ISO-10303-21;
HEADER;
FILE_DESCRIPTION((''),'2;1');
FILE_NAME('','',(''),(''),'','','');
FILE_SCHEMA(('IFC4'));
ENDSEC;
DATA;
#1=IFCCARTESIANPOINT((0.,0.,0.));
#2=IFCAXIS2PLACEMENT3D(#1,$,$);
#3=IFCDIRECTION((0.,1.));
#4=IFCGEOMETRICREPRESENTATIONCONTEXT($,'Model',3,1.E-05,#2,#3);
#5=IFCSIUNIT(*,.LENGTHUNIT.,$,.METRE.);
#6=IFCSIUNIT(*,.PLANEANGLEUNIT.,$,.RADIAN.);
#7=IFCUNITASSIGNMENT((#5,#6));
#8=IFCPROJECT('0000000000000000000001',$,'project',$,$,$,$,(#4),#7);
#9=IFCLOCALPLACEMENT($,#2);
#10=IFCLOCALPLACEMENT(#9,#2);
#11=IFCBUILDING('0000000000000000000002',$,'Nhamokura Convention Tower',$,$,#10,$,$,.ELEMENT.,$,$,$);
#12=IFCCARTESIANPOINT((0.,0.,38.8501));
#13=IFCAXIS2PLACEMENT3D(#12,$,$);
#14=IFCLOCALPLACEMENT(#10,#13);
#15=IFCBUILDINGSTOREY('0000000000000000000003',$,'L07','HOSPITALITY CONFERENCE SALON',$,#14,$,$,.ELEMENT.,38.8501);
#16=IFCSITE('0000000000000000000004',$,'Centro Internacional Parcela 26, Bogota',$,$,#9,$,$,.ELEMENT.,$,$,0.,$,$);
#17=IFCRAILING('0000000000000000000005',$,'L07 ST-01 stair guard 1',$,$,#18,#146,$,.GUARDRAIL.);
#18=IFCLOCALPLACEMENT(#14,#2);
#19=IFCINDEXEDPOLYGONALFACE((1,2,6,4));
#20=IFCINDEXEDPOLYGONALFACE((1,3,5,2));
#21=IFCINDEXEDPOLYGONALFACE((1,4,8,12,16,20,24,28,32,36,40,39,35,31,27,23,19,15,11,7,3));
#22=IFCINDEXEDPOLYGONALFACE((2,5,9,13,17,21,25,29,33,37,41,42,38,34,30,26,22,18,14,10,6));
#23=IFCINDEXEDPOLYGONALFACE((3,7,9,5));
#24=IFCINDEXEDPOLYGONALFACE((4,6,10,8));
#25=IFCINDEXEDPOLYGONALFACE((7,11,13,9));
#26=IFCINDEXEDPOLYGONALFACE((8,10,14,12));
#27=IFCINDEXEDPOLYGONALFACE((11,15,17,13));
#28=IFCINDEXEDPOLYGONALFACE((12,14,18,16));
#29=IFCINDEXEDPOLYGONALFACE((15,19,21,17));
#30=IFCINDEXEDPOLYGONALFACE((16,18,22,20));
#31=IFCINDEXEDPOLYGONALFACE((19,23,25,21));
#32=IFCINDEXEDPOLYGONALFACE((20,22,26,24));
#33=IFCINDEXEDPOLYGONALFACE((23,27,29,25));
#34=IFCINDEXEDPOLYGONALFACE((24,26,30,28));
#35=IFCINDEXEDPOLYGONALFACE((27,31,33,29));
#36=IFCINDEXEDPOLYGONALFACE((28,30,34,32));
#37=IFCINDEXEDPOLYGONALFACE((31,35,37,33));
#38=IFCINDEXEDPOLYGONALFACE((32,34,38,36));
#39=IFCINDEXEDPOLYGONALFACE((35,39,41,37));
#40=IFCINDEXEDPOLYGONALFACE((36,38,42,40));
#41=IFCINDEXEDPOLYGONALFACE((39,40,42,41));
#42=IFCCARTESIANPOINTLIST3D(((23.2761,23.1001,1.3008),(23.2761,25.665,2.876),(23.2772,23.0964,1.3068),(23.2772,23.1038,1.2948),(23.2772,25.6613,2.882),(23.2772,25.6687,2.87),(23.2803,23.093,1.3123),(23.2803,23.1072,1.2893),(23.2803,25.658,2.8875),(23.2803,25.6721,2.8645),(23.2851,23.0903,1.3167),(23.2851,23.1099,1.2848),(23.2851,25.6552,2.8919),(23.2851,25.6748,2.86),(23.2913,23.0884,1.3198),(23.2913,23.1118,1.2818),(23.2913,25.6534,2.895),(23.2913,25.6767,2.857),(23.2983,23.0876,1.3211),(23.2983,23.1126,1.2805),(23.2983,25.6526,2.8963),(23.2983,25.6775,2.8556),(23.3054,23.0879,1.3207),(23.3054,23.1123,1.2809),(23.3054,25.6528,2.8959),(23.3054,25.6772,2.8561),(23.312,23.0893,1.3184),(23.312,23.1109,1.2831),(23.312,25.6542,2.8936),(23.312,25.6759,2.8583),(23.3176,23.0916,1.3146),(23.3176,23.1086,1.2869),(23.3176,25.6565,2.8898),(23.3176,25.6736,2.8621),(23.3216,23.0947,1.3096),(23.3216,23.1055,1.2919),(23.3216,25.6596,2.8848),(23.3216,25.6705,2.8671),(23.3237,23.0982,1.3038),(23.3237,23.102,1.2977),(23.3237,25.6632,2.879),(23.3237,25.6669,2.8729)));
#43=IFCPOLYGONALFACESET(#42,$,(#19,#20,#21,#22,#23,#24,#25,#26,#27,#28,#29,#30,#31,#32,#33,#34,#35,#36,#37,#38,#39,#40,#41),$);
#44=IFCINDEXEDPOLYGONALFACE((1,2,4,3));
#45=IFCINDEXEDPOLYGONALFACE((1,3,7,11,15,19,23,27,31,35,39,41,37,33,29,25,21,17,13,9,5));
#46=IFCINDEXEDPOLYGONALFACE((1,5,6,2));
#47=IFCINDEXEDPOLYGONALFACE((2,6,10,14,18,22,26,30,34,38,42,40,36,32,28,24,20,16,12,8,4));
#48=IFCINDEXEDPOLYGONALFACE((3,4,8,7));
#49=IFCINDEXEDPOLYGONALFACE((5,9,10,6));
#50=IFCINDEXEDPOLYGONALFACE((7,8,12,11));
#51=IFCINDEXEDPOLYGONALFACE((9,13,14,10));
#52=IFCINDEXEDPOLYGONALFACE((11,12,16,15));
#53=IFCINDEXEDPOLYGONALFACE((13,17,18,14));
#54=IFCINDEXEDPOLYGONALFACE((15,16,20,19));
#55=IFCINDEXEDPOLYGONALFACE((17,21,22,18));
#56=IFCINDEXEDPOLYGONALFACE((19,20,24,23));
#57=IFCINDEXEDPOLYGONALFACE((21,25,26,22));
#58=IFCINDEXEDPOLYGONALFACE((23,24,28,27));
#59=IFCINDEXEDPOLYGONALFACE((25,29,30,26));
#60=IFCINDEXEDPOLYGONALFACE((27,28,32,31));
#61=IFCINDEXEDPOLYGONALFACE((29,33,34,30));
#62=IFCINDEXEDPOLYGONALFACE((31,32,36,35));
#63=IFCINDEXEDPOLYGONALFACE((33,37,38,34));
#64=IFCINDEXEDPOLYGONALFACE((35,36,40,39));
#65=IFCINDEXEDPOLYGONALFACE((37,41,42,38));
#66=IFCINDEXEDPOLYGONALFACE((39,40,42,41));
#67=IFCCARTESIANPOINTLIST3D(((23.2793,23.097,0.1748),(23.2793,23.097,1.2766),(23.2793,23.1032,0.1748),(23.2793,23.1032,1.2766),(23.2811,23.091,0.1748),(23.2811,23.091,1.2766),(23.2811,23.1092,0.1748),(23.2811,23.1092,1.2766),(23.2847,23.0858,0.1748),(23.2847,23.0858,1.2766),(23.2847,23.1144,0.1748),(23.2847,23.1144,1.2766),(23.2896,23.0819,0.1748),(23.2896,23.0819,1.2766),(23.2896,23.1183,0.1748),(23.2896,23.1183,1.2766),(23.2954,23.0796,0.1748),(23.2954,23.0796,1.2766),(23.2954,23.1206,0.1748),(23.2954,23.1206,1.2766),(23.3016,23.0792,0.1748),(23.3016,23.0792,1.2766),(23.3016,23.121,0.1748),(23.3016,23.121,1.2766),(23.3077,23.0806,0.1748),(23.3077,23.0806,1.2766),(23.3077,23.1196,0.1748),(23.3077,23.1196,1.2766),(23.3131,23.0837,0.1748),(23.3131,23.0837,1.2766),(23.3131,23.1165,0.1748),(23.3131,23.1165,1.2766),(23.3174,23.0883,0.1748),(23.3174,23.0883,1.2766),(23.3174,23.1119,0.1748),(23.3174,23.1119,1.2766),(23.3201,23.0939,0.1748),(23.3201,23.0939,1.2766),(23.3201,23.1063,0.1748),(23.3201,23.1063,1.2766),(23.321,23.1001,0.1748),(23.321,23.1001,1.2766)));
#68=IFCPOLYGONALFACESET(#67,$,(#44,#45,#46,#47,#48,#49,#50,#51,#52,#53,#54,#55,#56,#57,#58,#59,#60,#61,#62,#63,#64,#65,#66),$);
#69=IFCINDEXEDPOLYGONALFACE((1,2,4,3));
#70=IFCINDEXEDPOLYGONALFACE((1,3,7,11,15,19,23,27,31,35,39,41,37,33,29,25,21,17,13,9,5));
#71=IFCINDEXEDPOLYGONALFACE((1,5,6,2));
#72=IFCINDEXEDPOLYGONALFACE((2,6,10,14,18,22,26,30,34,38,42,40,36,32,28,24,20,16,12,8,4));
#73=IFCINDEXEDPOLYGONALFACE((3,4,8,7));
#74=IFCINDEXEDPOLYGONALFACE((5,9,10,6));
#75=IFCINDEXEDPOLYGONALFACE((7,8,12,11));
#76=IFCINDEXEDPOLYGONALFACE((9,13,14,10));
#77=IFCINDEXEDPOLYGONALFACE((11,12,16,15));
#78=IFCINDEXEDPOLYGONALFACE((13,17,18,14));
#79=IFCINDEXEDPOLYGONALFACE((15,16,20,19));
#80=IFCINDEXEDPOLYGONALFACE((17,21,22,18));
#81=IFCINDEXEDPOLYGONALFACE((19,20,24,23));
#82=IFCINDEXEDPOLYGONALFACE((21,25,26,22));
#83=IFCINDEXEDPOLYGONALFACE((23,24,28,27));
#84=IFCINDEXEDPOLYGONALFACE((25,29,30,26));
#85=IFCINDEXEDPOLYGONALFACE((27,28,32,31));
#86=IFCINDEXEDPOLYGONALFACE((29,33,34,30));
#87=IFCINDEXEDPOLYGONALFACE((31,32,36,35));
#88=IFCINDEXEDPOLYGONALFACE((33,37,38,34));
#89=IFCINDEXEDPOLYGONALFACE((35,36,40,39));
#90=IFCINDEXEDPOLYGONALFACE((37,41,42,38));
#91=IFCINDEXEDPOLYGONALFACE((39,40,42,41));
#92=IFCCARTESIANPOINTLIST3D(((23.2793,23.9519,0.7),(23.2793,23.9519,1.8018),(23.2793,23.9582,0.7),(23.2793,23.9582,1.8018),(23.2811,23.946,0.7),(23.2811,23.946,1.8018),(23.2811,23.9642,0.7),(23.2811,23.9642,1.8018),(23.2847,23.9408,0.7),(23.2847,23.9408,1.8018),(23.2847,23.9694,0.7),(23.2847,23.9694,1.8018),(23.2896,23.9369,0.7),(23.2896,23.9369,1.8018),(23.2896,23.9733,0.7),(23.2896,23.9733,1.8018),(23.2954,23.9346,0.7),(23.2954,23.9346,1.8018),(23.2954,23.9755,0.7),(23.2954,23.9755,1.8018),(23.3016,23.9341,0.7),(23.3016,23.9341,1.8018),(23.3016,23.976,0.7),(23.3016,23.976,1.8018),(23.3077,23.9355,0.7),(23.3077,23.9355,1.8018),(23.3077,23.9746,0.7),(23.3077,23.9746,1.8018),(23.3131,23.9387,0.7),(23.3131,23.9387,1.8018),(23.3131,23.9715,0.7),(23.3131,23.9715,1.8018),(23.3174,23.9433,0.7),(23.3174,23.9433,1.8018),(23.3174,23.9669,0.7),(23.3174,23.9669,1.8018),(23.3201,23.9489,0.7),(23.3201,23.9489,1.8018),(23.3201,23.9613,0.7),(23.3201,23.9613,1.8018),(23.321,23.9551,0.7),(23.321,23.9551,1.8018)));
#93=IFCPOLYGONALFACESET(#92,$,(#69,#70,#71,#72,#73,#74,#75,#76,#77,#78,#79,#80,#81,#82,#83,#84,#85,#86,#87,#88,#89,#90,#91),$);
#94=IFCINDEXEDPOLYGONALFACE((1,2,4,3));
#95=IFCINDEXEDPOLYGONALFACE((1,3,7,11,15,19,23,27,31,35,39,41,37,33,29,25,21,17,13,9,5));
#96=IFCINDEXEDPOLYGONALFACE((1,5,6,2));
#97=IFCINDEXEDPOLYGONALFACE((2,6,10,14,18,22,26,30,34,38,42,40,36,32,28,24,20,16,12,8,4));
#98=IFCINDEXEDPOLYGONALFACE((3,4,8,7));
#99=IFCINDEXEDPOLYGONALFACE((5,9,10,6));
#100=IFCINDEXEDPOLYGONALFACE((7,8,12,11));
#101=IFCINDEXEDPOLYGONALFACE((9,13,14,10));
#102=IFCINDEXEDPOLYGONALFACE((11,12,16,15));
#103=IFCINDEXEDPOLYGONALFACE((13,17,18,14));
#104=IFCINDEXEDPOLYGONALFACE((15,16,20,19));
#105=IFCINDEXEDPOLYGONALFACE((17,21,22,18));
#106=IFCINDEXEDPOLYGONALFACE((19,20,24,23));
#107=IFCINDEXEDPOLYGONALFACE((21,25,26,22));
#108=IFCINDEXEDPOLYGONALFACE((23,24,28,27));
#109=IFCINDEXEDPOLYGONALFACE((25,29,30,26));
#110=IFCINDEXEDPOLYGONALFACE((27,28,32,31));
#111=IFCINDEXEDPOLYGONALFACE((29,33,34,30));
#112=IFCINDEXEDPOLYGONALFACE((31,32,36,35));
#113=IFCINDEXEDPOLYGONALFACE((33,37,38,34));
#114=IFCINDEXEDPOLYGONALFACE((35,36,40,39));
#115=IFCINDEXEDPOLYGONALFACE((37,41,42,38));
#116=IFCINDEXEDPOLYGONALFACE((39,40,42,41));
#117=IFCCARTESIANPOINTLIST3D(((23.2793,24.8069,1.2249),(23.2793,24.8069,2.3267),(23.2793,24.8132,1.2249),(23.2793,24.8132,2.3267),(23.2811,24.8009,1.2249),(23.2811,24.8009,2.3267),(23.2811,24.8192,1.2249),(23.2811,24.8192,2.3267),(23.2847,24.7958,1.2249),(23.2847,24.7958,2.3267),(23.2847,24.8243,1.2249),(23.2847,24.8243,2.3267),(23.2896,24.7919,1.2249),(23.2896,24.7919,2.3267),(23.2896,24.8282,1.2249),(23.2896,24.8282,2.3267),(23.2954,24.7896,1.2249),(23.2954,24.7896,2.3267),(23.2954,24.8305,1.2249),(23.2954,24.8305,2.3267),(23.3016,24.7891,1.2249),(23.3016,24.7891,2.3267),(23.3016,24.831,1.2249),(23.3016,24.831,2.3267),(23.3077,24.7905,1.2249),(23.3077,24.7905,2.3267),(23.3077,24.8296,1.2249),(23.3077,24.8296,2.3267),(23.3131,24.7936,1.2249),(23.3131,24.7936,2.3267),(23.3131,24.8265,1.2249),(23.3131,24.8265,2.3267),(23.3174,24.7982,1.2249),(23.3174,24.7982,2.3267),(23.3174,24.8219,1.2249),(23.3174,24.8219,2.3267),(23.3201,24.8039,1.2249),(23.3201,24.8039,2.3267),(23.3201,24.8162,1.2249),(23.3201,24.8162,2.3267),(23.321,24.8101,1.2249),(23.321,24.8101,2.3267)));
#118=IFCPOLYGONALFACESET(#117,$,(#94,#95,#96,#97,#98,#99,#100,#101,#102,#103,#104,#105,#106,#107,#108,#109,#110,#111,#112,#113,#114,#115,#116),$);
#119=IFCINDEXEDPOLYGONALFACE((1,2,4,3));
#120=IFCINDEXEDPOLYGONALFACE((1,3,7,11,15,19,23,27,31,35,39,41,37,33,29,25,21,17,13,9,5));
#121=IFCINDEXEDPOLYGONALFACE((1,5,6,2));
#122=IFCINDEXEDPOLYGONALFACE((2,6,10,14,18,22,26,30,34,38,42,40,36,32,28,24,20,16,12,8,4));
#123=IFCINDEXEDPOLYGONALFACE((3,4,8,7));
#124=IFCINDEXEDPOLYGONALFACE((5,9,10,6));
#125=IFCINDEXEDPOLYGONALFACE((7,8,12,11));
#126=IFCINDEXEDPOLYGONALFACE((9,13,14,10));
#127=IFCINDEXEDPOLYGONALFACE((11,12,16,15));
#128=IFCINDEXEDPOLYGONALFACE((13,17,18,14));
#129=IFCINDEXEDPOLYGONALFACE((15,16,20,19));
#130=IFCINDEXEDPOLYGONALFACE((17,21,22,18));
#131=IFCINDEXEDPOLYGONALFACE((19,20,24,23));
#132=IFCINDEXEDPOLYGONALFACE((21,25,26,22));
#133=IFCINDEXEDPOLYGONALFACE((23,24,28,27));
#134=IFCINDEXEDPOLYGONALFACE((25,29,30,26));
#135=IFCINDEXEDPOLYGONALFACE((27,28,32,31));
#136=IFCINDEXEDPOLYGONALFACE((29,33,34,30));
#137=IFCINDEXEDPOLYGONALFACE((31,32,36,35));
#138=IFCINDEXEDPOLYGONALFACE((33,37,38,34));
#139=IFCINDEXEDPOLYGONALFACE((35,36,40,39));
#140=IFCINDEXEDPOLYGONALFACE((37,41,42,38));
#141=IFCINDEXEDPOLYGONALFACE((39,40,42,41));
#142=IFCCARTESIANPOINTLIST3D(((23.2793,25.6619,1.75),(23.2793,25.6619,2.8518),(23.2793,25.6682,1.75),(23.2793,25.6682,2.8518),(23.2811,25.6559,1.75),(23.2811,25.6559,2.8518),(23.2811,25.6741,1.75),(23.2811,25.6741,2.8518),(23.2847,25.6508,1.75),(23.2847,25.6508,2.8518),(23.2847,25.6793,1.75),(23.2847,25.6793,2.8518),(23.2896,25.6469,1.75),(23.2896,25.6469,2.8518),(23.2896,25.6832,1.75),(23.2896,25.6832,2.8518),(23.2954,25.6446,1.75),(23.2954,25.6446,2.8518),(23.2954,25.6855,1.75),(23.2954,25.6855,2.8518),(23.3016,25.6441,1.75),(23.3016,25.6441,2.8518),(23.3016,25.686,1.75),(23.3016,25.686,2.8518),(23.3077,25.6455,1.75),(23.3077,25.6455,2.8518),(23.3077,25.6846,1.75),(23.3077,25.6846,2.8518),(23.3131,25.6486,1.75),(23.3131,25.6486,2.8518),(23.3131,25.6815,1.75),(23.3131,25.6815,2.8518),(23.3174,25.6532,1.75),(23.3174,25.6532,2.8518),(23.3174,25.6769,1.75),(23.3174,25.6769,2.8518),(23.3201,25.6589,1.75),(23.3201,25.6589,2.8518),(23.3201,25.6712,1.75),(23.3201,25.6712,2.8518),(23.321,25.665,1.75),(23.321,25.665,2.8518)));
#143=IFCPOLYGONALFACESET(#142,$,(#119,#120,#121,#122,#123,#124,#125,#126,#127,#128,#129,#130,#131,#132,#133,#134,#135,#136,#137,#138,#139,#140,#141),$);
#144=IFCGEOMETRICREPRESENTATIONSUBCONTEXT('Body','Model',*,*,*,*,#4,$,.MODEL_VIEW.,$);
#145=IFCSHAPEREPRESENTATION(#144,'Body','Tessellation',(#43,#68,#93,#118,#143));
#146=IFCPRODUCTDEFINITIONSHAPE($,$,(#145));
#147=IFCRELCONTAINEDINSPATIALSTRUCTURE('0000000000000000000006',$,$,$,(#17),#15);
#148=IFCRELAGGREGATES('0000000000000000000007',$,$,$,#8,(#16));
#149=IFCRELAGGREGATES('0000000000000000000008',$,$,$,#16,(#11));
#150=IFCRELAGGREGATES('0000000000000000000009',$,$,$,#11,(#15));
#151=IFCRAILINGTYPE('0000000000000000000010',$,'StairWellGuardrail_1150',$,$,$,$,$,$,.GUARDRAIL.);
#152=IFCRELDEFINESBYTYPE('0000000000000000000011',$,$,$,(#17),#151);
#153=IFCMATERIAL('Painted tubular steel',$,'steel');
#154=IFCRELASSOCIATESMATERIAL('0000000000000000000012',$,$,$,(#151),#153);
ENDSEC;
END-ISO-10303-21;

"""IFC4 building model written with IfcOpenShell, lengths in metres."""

from ifc_helpers import new_model, si_unit, direction, frame, origin, origin_2d, place, context, subcontext, project, spatial, circle, extrude, material, type_object, element, save


model = new_model("IFC4")

# Units and contexts
model_context = context("Model", 3, precision=1e-05, world=origin(), true_north=direction((0.0, 1.0)))
body_context = subcontext(model_context, "Body", "Model", "MODEL_VIEW")
ifc_project = project(units=[si_unit("LENGTHUNIT", "METRE"), si_unit("PLANEANGLEUNIT", "RADIAN")], contexts=[model_context])

# Site, building, storey
site_placement = place(None, origin())
site = spatial("IfcSite", under=ifc_project, at=site_placement, Name="Centro Internacional Parcela 26, Bogota", CompositionType="ELEMENT", RefElevation=0.0)
building_placement = place(site_placement, origin())
building = spatial("IfcBuilding", under=site, at=building_placement, Name="Nhamokura Convention Tower", CompositionType="ELEMENT")
storey_placement = place(building_placement, frame((0.0, 0.0, 38.8501)))
storey = spatial("IfcBuildingStorey", under=building, at=storey_placement, Name="L07", Description="HOSPITALITY CONFERENCE SALON", CompositionType="ELEMENT", Elevation=38.8501)

# Railing
ifc_material_1 = material(Name="Painted tubular steel", Category="steel")
railing_type_1 = type_object("IfcRailingType", Name="StairWellGuardrail_1150", PredefinedType="GUARDRAIL", material=ifc_material_1)
railing_1_placement = place(storey_placement, frame((23.3, 23.1001, 0.1748)))
element("IfcRailing", 1, at=railing_1_placement, inside=storey, type_object=railing_type_1, Name="L07 ST-01 stair guard 1", PredefinedType="GUARDRAIL", context=body_context, shape_type="SweptSolid", body=[
    extrude(circle(Radius=0.0239, at=origin_2d()), frame((0.0, 0.0, 1.126), z_axis=(0.0, 0.852137, 0.523319), x_axis=(-1.0, 0.0, 0.0)), (0.0, 0.0, 1.0), 3.01),
    extrude(circle(Radius=0.021, at=origin_2d()), origin(), (0.0, 0.0, 1.0), 1.1018),
    extrude(circle(Radius=0.021, at=origin_2d()), frame((0.0, 0.855, 0.5251)), (0.0, 0.0, 1.0), 1.1018),
    extrude(circle(Radius=0.021, at=origin_2d()), frame((0.0, 1.71, 1.05)), (0.0, 0.0, 1.0), 1.1018),
    extrude(circle(Radius=0.021, at=origin_2d()), frame((0.0, 2.5649, 1.5752)), (0.0, 0.0, 1.0), 1.1018),
])

save(model, "model.ifc")
